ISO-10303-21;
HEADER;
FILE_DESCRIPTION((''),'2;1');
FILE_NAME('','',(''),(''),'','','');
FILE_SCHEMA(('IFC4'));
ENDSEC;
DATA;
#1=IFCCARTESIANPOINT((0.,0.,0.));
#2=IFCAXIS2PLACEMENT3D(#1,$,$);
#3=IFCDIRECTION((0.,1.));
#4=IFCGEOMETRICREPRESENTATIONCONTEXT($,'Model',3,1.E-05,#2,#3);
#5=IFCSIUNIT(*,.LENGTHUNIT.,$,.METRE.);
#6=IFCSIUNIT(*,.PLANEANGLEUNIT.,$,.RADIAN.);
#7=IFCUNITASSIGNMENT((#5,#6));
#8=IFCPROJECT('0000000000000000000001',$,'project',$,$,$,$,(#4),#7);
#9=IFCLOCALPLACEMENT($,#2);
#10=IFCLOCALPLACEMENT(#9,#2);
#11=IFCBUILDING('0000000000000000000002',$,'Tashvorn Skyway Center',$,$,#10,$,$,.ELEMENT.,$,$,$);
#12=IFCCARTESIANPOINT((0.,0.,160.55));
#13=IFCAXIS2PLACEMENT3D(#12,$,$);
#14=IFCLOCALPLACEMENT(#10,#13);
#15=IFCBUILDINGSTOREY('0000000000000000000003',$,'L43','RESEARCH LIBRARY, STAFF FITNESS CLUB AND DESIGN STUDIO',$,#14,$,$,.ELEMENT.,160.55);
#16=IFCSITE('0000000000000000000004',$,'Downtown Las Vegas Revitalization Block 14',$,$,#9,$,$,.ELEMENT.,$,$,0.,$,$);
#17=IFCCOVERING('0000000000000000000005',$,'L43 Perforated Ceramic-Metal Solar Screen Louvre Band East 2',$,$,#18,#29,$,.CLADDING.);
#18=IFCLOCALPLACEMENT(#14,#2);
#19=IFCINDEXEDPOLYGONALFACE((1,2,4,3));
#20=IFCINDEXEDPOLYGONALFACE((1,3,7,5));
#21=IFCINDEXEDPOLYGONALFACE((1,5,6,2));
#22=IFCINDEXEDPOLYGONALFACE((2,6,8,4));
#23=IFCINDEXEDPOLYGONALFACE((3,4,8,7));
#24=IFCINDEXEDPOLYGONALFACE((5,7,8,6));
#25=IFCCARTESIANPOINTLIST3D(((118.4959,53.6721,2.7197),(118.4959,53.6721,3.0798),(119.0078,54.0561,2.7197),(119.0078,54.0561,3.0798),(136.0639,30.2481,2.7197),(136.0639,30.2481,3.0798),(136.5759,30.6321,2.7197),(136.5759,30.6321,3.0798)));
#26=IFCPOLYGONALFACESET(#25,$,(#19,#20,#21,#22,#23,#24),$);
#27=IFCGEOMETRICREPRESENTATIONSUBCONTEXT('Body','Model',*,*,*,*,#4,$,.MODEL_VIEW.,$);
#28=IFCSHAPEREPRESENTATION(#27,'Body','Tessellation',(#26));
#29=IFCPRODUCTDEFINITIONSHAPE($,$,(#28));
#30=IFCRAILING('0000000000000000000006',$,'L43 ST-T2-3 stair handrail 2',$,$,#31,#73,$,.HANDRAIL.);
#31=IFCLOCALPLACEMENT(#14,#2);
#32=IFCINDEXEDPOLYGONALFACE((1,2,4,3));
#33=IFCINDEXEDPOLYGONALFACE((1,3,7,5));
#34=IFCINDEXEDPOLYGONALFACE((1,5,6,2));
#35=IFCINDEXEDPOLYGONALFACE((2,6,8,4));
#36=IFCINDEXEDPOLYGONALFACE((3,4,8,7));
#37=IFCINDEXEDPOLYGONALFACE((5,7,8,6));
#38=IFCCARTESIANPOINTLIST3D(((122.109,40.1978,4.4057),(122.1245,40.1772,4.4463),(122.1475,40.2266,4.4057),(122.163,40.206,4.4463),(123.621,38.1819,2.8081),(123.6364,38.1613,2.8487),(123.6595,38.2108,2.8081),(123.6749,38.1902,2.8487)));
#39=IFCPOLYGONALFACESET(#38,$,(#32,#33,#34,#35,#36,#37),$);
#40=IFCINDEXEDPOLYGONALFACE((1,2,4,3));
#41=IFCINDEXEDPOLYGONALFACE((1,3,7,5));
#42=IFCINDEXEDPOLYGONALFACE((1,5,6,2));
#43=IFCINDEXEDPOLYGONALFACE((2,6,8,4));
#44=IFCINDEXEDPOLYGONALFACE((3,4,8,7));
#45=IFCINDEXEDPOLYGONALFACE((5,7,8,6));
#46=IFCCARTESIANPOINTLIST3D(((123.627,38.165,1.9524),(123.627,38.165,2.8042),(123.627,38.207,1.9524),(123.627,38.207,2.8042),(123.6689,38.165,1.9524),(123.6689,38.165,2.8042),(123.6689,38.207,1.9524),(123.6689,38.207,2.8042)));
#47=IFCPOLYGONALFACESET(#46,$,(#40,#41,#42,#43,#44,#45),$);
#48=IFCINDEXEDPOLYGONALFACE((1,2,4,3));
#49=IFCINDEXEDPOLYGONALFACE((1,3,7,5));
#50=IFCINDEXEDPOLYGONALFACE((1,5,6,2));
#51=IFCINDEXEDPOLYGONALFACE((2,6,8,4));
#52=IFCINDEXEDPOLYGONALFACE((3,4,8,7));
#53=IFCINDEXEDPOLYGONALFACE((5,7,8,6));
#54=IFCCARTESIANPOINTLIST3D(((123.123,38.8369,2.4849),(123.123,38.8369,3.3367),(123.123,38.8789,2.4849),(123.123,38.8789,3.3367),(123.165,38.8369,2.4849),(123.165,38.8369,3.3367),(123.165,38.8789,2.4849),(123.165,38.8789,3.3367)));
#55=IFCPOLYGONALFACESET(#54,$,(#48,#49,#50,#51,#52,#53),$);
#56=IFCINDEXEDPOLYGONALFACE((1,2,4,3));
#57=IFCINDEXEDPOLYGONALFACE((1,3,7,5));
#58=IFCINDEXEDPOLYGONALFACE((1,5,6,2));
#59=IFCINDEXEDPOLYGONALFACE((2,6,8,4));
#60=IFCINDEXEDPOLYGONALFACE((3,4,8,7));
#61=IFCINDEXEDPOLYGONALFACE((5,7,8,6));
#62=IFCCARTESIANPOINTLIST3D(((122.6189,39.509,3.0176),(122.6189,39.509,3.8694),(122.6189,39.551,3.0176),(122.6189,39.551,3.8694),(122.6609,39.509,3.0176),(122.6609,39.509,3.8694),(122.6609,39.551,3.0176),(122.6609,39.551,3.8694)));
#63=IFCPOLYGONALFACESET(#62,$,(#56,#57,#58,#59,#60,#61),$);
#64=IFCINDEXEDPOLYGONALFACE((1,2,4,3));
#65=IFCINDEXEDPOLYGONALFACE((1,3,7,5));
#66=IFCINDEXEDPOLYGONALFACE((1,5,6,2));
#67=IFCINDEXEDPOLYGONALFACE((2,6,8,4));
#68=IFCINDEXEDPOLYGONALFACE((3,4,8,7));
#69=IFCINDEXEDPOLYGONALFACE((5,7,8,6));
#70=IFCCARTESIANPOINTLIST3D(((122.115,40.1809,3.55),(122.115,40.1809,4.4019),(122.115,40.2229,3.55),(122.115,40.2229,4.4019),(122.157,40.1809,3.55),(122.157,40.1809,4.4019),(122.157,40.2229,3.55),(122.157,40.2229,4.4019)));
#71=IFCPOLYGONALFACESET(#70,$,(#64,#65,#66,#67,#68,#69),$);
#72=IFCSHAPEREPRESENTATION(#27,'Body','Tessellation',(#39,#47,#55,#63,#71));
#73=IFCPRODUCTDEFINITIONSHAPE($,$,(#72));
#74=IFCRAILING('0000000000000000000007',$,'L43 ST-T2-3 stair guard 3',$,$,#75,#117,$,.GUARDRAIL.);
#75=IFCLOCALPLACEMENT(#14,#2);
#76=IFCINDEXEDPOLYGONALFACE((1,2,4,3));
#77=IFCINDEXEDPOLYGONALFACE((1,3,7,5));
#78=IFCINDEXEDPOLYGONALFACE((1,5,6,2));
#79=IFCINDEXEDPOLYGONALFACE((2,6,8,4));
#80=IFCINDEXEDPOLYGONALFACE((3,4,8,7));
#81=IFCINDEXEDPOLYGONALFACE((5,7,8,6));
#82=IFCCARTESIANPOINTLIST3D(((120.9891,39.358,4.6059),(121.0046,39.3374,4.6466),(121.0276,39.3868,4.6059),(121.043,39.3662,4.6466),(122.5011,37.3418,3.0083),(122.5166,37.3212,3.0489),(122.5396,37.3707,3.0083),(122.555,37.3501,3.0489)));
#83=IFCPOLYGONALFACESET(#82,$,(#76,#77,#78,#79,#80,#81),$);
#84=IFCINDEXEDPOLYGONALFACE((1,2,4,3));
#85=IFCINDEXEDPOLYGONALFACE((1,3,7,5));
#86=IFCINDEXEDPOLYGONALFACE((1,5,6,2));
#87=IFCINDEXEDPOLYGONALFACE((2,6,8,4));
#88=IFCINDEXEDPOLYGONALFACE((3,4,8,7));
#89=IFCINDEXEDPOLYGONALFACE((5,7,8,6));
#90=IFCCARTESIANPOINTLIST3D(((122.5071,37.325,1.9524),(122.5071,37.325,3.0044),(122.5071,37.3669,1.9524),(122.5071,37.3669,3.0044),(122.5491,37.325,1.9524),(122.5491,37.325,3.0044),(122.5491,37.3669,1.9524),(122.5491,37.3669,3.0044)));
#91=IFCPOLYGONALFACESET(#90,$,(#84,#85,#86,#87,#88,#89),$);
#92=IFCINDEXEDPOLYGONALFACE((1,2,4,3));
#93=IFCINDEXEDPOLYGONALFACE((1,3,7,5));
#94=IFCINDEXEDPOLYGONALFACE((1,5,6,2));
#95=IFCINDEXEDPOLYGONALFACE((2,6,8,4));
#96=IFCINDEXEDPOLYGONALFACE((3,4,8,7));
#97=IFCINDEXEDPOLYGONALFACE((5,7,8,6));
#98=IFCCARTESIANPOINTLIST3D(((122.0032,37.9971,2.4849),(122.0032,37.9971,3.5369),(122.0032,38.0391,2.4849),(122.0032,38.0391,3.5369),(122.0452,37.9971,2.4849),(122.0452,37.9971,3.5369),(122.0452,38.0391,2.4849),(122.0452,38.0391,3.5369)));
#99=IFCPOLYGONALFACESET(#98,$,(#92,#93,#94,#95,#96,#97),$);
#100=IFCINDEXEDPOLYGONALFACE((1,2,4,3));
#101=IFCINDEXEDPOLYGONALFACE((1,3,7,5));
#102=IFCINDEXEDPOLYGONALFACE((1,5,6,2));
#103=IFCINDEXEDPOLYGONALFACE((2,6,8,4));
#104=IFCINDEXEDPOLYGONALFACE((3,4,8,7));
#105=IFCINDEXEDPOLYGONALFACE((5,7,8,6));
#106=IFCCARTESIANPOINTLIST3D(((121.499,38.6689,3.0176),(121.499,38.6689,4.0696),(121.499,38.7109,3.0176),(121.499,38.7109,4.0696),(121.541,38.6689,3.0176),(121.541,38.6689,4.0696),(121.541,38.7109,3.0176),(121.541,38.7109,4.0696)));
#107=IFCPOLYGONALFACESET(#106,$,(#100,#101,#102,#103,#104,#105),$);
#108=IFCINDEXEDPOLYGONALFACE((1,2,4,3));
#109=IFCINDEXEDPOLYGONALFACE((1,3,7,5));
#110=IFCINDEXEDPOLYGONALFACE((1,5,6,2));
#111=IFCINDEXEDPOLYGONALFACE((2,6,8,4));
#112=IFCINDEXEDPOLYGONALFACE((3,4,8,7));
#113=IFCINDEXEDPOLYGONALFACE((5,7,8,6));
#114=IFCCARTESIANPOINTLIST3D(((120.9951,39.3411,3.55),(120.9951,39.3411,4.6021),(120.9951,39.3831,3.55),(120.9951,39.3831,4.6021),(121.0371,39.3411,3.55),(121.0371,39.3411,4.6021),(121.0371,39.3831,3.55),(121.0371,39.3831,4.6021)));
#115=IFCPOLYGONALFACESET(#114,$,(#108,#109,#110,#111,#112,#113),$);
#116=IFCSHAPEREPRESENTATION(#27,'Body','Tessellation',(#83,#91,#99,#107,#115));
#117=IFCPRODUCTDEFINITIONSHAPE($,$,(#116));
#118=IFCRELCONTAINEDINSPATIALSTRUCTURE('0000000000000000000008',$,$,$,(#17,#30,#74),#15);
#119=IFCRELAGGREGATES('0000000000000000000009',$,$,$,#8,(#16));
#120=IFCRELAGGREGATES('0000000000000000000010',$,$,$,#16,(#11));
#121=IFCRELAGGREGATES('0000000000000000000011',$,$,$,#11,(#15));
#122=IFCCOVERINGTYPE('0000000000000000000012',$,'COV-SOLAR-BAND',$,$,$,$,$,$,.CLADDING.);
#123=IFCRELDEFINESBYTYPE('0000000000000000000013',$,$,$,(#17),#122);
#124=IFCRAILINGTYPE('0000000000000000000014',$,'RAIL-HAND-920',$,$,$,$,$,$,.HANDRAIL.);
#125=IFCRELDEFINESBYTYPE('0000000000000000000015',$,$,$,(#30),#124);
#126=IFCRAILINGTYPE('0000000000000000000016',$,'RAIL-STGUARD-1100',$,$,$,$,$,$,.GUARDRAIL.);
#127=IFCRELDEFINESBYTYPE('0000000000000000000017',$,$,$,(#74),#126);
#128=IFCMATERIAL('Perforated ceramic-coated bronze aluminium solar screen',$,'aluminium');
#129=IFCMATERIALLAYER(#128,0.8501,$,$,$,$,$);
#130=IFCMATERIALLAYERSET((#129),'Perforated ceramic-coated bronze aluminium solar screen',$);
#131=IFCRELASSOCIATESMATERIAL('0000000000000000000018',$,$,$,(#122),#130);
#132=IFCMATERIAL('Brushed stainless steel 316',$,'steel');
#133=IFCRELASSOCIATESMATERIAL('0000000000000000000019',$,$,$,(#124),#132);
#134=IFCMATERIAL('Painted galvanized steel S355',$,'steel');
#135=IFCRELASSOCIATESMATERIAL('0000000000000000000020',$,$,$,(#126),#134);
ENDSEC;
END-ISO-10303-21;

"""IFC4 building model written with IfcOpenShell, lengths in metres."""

from ifc_helpers import new_model, si_unit, direction, frame, origin, origin_2d, place, context, subcontext, project, spatial, rectangle, extrude, material, layer, layer_set, type_object, element, save


model = new_model("IFC4")

# Units and contexts
model_context = context("Model", 3, precision=1e-05, world=origin(), true_north=direction((0.0, 1.0)))
body_context = subcontext(model_context, "Body", "Model", "MODEL_VIEW")
ifc_project = project(units=[si_unit("LENGTHUNIT", "METRE"), si_unit("PLANEANGLEUNIT", "RADIAN")], contexts=[model_context])

# Site, building, storey
site_placement = place(None, origin())
site = spatial("IfcSite", under=ifc_project, at=site_placement, Name="Downtown Las Vegas Revitalization Block 14", CompositionType="ELEMENT", RefElevation=0.0)
building_placement = place(site_placement, origin())
building = spatial("IfcBuilding", under=site, at=building_placement, Name="Tashvorn Skyway Center", CompositionType="ELEMENT")
storey_placement = place(building_placement, frame((0.0, 0.0, 160.55)))
storey = spatial("IfcBuildingStorey", under=building, at=storey_placement, Name="L43", Description="RESEARCH LIBRARY, STAFF FITNESS CLUB AND DESIGN STUDIO", CompositionType="ELEMENT", Elevation=160.55)

# Covering
ifc_material_1 = material(Name="Perforated ceramic-coated bronze aluminium solar screen", Category="aluminium")
ifc_layer_1 = layer(ifc_material_1, 0.8501)
ifc_layer_set_1 = layer_set([ifc_layer_1], Name="Perforated ceramic-coated bronze aluminium solar screen")
covering_type = type_object("IfcCoveringType", Name="COV-SOLAR-BAND", PredefinedType="CLADDING", material=ifc_layer_set_1)
for number, where, z_axis, x_axis, name in (
    (1, (127.5359, 42.1521, 2.7197), (0.0, 0.0, 1.0), (0.6, -0.8, 0.0), "L43 Perforated Ceramic-Metal Solar Screen Louvre Band East 2"),
):
    element("IfcCovering", number, at=place(storey_placement, frame(where, z_axis=z_axis, x_axis=x_axis)), inside=storey, type_object=covering_type, Name=name, PredefinedType="CLADDING", context=body_context, shape_type="SweptSolid", body=[
        extrude(rectangle(XDim=29.28, YDim=0.6399, at=origin_2d()), origin(), (0.0, 0.0, 1.0), 0.3601),
    ])

# Railings
ifc_material_2 = material(Name="Brushed stainless steel 316", Category="steel")
railing_type_1 = type_object("IfcRailingType", Name="RAIL-HAND-920", PredefinedType="HANDRAIL", material=ifc_material_2)
railing_1_placement = place(storey_placement, frame((123.6479, 38.186, 1.9524)))
element("IfcRailing", 2, at=railing_1_placement, inside=storey, type_object=railing_type_1, Name="L43 ST-T2-3 stair handrail 2", PredefinedType="HANDRAIL", context=body_context, shape_type="SweptSolid", body=[
    extrude(rectangle(XDim=0.0481, YDim=0.0481, at=origin_2d()), frame((0.0, 0.0, 0.876), z_axis=(-0.506747, 0.675635, 0.535467), x_axis=(-0.799988, -0.600016, 0.0)), (0.0, 0.0, 1.0), 2.9836),
    extrude(rectangle(XDim=0.042, YDim=0.042, at=origin_2d()), origin(), (0.0, 0.0, 1.0), 0.8518),
    extrude(rectangle(XDim=0.042, YDim=0.042, at=origin_2d()), frame((-0.5039, 0.6719, 0.5325)), (0.0, 0.0, 1.0), 0.8518),
    extrude(rectangle(XDim=0.042, YDim=0.042, at=origin_2d()), frame((-1.0081, 1.344, 1.0652)), (0.0, 0.0, 1.0), 0.8518),
    extrude(rectangle(XDim=0.042, YDim=0.042, at=origin_2d()), frame((-1.512, 2.0159, 1.5977)), (0.0, 0.0, 1.0), 0.8518),
])
ifc_material_3 = material(Name="Painted galvanized steel S355", Category="steel")
railing_type_2 = type_object("IfcRailingType", Name="RAIL-STGUARD-1100", PredefinedType="GUARDRAIL", material=ifc_material_3)
railing_2_placement = place(storey_placement, frame((122.5281, 37.3459, 1.9524)))
element("IfcRailing", 3, at=railing_2_placement, inside=storey, type_object=railing_type_2, Name="L43 ST-T2-3 stair guard 3", PredefinedType="GUARDRAIL", context=body_context, shape_type="SweptSolid", body=[
    extrude(rectangle(XDim=0.0481, YDim=0.0481, at=origin_2d()), frame((0.0, 0.0, 1.0762), z_axis=(-0.506719, 0.675679, 0.535438), x_axis=(-0.800023, -0.599969, 0.0)), (0.0, 0.0, 1.0), 2.9839),
    extrude(rectangle(XDim=0.042, YDim=0.042, at=origin_2d()), origin(), (0.0, 0.0, 1.0), 1.052),
    extrude(rectangle(XDim=0.042, YDim=0.042, at=origin_2d()), frame((-0.5039, 0.6721, 0.5325)), (0.0, 0.0, 1.0), 1.052),
    extrude(rectangle(XDim=0.042, YDim=0.042, at=origin_2d()), frame((-1.0081, 1.344, 1.0652)), (0.0, 0.0, 1.0), 1.052),
    extrude(rectangle(XDim=0.042, YDim=0.042, at=origin_2d()), frame((-1.512, 2.0161, 1.5977)), (0.0, 0.0, 1.0), 1.052),
])

save(model, "model.ifc")
